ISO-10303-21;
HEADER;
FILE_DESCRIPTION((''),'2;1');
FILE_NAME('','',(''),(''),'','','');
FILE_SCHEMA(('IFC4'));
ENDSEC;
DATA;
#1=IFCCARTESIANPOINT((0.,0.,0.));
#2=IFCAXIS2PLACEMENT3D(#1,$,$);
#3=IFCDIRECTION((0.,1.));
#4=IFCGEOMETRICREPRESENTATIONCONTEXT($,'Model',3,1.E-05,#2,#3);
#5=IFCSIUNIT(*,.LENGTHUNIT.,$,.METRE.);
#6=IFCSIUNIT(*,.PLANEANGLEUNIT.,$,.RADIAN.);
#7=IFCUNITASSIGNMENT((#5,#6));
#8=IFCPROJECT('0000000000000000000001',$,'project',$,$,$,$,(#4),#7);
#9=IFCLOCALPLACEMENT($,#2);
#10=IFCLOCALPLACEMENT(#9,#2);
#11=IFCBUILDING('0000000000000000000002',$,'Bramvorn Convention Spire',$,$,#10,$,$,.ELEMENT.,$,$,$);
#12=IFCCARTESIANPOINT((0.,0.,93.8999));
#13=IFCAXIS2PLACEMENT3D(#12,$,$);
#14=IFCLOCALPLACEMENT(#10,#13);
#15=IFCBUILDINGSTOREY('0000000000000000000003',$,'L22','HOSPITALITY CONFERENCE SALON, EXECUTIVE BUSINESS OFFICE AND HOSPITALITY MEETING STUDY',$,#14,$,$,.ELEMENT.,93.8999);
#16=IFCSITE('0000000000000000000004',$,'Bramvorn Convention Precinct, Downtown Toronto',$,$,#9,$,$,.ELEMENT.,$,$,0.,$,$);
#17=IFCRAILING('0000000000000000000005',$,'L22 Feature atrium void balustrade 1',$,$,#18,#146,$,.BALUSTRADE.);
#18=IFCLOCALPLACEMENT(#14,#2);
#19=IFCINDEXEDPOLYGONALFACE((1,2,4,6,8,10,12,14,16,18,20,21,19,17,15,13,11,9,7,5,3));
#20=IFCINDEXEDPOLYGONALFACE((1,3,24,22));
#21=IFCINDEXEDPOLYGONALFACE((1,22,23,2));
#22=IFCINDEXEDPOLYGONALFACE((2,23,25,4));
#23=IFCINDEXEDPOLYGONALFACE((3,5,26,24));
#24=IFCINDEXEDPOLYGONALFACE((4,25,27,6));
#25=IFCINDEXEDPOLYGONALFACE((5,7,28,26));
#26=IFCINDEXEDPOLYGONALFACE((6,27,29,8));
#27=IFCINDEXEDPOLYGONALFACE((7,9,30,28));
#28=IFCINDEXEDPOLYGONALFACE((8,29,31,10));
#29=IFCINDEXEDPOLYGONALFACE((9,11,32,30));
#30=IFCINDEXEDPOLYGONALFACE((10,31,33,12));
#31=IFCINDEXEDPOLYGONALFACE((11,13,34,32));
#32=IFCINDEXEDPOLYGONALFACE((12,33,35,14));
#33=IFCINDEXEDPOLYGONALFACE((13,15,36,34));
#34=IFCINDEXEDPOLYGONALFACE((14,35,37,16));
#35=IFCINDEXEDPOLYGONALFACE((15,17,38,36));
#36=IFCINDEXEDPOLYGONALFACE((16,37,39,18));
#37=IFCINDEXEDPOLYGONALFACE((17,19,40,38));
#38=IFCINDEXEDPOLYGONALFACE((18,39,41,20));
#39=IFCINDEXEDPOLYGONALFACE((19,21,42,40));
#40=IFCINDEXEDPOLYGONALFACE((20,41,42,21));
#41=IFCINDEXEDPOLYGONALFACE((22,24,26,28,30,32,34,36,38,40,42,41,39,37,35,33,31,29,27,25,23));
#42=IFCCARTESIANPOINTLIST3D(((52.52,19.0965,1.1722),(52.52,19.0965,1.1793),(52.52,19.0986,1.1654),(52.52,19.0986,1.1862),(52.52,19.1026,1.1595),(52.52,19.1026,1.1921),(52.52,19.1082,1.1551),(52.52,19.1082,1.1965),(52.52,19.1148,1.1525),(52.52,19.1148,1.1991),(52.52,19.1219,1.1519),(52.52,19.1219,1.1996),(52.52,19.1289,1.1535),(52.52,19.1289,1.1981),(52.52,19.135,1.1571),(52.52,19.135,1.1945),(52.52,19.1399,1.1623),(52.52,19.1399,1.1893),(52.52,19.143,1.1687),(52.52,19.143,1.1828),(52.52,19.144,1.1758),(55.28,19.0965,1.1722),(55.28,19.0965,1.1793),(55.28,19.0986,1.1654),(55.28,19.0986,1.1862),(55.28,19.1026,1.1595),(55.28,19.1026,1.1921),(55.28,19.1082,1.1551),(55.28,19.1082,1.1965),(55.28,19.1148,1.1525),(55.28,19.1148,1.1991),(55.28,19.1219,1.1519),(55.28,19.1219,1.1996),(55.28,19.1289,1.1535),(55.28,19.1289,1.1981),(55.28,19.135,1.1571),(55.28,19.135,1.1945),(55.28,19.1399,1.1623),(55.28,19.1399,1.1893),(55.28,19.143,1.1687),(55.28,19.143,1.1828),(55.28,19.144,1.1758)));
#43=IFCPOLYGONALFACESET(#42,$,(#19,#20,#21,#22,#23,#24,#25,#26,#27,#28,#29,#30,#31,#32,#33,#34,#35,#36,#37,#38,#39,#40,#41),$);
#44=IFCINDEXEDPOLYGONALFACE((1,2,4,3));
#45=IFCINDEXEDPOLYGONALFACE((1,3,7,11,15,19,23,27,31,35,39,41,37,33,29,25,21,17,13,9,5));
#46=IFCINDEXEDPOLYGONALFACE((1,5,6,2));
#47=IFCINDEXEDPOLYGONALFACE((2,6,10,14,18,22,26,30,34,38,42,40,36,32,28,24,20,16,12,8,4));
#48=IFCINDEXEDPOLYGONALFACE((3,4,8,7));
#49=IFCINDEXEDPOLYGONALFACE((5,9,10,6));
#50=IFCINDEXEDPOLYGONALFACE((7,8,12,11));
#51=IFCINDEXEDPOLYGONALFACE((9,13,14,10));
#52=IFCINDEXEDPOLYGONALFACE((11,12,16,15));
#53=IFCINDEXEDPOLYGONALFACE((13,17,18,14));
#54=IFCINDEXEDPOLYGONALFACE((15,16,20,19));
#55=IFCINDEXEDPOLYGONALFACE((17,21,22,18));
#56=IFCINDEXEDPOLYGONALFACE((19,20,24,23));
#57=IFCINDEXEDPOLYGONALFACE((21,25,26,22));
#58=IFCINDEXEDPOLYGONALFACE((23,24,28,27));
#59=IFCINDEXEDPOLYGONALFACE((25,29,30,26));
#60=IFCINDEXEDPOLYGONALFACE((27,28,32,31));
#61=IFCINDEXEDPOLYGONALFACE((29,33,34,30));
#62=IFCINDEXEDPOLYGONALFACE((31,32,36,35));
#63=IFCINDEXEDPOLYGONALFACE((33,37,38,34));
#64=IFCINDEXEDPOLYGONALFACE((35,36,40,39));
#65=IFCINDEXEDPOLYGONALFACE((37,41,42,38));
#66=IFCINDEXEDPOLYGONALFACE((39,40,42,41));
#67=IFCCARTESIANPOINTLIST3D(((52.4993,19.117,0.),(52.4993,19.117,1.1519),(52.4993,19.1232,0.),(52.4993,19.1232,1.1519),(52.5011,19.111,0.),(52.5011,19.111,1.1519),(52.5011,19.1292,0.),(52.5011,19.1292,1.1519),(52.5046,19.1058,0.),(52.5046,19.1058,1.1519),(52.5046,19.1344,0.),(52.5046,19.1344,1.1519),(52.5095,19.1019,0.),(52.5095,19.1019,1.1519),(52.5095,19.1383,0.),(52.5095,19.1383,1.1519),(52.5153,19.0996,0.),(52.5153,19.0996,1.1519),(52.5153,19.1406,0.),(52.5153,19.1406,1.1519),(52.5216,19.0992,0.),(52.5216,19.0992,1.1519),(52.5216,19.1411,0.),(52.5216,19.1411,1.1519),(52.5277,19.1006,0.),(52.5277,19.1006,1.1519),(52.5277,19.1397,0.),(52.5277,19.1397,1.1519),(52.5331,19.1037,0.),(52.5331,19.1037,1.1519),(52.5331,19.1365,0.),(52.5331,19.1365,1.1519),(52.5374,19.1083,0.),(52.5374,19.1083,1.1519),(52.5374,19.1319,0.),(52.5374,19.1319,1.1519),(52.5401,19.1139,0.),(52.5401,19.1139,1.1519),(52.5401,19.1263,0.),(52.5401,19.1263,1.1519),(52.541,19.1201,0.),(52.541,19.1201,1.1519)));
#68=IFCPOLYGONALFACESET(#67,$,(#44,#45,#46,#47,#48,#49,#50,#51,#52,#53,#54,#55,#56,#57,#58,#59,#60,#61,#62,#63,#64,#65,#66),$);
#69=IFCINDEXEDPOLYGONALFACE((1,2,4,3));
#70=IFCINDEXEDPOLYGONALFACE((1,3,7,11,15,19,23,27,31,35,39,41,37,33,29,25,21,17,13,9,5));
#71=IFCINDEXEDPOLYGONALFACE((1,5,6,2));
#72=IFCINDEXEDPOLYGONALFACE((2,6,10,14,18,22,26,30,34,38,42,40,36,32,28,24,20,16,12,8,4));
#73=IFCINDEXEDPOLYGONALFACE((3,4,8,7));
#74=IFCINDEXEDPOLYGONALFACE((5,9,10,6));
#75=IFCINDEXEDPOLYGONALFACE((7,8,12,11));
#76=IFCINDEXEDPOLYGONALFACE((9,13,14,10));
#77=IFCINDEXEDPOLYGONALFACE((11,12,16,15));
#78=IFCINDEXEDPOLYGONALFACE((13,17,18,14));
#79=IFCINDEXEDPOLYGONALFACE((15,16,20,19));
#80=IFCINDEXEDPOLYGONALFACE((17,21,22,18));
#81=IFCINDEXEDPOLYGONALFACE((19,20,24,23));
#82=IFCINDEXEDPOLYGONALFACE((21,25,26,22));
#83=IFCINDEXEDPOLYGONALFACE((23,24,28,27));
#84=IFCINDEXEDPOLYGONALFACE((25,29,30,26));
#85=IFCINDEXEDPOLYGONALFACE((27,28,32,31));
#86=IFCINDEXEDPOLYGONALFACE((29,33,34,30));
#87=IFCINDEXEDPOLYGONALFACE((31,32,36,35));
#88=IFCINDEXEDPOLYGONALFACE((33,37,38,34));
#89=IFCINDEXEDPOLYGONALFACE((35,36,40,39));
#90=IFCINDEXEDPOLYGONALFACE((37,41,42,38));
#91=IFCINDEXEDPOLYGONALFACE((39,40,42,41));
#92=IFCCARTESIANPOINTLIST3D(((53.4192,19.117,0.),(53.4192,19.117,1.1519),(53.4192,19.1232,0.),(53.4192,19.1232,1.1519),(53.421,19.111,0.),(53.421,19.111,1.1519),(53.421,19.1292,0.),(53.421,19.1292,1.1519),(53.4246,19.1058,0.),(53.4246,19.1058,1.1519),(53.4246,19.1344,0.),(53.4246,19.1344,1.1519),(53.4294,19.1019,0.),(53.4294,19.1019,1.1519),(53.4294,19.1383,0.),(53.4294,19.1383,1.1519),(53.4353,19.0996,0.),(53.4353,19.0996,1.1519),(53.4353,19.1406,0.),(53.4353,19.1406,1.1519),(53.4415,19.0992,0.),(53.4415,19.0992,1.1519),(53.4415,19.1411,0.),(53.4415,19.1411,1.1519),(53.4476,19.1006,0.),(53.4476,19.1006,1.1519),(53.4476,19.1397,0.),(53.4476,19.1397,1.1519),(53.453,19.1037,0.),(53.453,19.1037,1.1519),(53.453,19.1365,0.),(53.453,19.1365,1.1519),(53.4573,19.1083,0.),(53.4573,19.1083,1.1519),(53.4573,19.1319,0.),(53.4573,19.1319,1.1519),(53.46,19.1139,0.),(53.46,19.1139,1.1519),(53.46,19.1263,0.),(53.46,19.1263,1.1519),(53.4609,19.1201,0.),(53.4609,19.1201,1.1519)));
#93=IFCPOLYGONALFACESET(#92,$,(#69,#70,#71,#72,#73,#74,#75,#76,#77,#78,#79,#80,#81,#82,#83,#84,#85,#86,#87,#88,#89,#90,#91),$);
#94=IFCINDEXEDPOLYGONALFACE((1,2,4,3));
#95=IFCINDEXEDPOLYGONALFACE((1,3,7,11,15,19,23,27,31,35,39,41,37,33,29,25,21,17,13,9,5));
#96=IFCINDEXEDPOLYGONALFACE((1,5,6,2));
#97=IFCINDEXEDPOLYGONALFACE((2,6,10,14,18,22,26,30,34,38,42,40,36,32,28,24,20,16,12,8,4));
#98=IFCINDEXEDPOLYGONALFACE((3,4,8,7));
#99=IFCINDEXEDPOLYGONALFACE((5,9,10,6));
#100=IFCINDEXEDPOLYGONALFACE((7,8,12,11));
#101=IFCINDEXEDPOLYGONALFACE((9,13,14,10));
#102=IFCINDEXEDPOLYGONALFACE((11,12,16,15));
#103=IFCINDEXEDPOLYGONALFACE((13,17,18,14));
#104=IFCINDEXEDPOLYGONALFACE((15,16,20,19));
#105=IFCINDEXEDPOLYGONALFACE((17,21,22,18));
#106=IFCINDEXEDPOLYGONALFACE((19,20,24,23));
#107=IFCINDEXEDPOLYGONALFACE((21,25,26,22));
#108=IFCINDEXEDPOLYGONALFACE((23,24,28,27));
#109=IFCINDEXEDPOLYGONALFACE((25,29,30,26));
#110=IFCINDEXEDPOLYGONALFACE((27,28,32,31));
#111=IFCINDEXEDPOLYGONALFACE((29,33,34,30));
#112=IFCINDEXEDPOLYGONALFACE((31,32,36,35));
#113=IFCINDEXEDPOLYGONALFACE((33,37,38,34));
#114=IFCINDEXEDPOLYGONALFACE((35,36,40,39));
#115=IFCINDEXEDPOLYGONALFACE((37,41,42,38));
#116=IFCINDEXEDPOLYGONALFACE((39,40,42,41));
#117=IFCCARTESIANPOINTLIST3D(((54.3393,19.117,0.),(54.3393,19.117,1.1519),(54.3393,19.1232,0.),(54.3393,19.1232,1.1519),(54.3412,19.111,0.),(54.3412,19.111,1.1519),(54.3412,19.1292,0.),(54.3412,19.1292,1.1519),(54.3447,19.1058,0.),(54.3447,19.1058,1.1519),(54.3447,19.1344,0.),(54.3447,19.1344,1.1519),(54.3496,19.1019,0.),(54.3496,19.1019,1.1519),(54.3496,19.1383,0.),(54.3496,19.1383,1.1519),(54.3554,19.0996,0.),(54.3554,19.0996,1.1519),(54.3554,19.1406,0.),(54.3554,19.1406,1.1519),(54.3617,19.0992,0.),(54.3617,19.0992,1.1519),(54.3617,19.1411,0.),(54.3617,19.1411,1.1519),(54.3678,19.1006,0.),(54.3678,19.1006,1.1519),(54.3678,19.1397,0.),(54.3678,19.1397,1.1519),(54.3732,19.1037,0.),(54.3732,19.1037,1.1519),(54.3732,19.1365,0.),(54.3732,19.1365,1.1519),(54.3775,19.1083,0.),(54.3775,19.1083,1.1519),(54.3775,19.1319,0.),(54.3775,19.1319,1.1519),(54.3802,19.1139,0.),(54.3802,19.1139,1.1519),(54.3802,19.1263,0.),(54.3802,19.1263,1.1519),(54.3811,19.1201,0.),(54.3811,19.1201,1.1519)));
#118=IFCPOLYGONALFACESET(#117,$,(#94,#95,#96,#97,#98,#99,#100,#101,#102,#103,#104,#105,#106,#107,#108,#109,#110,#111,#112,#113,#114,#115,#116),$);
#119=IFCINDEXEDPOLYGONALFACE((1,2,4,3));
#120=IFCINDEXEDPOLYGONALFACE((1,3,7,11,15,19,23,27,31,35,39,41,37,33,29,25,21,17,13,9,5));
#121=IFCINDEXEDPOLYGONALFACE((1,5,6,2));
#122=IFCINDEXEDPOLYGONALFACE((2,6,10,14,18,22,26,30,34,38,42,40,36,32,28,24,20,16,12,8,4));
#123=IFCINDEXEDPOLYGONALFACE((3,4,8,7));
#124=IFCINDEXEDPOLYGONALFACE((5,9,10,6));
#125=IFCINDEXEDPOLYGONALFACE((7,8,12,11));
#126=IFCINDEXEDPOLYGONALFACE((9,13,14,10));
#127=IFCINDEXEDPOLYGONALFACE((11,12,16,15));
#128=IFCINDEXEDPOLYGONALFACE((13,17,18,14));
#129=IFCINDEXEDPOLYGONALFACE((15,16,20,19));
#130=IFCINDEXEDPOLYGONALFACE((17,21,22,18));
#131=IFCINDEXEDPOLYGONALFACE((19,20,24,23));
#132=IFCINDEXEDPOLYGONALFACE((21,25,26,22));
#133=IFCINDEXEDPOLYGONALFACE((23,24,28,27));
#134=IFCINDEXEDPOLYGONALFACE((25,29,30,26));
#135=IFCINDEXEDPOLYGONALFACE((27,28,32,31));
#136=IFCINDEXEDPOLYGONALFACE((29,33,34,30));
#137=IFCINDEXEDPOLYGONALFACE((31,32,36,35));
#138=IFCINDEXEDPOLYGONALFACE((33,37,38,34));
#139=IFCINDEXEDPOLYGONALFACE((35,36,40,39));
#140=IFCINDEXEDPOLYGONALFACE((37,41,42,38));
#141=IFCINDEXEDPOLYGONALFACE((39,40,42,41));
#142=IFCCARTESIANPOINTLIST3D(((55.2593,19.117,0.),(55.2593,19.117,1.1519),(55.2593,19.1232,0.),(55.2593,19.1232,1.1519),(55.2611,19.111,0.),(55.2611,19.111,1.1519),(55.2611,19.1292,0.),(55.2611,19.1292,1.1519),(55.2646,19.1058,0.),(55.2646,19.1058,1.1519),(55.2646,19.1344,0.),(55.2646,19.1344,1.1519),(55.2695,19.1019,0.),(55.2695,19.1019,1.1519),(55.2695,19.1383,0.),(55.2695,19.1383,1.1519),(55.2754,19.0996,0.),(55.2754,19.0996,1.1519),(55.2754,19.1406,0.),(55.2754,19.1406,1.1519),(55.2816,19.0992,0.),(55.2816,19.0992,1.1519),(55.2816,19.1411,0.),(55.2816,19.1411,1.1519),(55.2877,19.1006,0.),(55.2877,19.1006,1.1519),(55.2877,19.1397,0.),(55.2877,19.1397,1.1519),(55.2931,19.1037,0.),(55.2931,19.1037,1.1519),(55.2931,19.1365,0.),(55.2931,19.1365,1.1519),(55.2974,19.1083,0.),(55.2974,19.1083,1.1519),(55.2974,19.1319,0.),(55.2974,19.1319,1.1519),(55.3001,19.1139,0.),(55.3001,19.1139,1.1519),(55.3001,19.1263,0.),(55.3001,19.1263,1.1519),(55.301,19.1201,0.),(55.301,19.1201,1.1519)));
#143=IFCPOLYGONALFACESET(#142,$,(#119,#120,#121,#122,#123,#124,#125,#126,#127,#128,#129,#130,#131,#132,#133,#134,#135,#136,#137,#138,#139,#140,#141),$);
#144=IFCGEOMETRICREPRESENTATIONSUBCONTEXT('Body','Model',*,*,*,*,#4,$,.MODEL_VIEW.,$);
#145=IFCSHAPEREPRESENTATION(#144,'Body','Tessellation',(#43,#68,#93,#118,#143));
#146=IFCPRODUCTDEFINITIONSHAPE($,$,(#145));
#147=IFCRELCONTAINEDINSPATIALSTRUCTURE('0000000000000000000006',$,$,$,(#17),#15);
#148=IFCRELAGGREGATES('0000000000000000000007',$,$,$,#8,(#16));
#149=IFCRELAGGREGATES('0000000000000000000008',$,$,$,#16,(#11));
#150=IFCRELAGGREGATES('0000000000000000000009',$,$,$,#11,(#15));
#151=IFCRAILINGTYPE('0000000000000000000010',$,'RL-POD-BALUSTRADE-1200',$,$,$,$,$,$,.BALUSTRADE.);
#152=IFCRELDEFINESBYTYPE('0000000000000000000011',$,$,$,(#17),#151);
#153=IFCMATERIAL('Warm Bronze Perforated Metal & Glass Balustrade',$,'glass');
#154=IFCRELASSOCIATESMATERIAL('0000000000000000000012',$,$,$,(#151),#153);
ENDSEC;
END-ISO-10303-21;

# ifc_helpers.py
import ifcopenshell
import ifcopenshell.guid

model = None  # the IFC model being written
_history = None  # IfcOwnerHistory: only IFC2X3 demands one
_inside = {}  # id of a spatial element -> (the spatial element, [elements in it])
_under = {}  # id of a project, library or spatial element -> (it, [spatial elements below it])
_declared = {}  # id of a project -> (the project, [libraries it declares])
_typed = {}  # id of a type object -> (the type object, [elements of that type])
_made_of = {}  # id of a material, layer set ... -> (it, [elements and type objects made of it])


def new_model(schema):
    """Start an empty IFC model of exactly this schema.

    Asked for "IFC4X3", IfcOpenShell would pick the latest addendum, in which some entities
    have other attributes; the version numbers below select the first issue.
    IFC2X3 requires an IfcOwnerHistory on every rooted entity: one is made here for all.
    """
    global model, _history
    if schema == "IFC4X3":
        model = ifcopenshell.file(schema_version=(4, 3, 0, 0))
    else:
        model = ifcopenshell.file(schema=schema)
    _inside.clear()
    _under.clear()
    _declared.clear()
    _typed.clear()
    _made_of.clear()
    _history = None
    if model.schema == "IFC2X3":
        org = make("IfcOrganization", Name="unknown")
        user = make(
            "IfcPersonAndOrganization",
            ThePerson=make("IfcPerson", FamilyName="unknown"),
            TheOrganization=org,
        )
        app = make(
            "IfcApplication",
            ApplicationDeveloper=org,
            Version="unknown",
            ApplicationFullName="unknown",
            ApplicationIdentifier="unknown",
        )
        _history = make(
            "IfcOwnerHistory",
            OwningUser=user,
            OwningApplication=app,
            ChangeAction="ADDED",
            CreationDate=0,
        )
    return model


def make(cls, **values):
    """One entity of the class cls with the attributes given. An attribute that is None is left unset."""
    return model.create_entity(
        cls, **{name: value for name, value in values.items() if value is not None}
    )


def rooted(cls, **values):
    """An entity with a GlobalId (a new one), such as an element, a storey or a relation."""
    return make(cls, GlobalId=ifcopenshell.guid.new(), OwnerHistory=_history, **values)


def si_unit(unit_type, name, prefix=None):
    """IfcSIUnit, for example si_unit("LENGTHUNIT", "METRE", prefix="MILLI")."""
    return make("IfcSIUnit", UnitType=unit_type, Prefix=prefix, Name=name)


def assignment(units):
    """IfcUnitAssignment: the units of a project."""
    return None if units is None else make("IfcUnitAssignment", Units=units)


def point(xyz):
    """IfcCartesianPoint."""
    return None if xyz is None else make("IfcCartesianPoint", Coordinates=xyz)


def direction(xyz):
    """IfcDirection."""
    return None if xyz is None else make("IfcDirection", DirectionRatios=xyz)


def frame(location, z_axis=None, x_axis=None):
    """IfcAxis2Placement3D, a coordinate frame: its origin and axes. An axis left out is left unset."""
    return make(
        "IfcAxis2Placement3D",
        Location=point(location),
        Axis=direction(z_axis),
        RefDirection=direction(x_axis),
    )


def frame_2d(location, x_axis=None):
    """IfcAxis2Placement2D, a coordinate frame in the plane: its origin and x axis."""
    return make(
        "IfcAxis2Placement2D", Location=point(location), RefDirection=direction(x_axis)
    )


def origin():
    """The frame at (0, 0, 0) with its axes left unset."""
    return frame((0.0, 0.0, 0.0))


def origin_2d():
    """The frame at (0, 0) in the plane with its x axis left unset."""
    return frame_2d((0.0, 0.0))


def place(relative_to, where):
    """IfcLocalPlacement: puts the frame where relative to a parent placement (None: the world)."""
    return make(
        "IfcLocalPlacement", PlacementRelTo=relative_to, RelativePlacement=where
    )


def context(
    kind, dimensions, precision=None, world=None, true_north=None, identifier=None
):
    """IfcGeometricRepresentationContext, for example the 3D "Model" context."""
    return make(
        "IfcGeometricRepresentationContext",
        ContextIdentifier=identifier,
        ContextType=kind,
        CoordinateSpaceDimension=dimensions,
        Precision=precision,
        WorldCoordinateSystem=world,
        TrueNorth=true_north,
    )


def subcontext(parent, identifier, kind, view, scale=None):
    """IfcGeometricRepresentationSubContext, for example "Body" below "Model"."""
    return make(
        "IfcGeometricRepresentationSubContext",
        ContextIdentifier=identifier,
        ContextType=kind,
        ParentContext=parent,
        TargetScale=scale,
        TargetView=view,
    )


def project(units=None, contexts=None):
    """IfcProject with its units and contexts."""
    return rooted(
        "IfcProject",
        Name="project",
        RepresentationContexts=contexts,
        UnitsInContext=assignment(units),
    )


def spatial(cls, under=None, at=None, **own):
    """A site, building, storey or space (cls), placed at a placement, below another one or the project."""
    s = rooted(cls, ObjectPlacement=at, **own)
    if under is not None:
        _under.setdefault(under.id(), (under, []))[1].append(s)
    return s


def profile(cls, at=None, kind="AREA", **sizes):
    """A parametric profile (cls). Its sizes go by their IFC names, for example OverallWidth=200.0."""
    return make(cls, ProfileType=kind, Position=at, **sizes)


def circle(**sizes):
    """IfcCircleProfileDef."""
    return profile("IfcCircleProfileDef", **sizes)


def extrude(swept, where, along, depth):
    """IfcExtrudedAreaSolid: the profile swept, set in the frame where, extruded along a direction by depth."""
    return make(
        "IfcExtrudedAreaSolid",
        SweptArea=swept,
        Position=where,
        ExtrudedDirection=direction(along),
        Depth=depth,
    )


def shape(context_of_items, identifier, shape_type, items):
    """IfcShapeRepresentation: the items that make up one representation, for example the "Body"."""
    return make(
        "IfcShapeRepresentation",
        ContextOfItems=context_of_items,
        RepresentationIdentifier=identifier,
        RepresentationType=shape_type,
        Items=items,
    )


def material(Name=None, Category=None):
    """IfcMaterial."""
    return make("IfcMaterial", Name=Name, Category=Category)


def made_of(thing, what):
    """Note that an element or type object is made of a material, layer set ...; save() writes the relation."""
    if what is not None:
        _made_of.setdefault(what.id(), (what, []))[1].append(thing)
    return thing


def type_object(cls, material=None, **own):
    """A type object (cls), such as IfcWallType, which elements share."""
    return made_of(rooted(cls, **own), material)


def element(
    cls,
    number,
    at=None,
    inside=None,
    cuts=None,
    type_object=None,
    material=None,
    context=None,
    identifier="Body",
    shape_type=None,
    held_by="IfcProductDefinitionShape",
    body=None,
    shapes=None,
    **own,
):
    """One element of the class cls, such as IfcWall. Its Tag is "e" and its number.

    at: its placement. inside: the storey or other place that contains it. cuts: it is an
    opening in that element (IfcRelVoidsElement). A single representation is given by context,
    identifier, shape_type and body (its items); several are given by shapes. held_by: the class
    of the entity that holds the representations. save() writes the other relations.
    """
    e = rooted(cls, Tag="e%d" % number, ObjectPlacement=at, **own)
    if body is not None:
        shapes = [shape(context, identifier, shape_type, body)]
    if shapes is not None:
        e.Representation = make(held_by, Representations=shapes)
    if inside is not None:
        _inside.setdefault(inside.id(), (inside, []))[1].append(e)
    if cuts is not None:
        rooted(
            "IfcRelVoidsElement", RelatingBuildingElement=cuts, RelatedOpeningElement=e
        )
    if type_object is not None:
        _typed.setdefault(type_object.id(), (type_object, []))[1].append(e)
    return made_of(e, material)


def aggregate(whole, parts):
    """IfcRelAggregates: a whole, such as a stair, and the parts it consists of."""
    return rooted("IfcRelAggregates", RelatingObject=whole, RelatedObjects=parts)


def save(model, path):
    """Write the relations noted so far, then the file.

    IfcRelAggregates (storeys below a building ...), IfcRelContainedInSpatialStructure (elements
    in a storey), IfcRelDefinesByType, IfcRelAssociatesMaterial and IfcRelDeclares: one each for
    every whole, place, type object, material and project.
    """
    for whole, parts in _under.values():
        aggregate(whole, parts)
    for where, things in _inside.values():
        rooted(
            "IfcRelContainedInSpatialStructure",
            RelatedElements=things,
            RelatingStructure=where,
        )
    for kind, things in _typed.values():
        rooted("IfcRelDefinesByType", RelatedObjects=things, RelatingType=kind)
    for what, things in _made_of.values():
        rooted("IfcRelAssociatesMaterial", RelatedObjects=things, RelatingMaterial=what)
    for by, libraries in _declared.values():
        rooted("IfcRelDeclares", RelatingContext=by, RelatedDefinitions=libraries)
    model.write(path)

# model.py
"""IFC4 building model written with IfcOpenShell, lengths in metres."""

from ifc_helpers import new_model, si_unit, direction, frame, origin, origin_2d, place, context, subcontext, project, spatial, circle, extrude, material, type_object, element, save


model = new_model("IFC4")

# Units and contexts
model_context = context("Model", 3, precision=1e-05, world=origin(), true_north=direction((0.0, 1.0)))
body_context = subcontext(model_context, "Body", "Model", "MODEL_VIEW")
ifc_project = project(units=[si_unit("LENGTHUNIT", "METRE"), si_unit("PLANEANGLEUNIT", "RADIAN")], contexts=[model_context])

# Site, building, storey
site_placement = place(None, origin())
site = spatial("IfcSite", under=ifc_project, at=site_placement, Name="Bramvorn Convention Precinct, Downtown Toronto", CompositionType="ELEMENT", RefElevation=0.0)
building_placement = place(site_placement, origin())
building = spatial("IfcBuilding", under=site, at=building_placement, Name="Bramvorn Convention Spire", CompositionType="ELEMENT")
storey_placement = place(building_placement, frame((0.0, 0.0, 93.8999)))
storey = spatial("IfcBuildingStorey", under=building, at=storey_placement, Name="L22", Description="HOSPITALITY CONFERENCE SALON, EXECUTIVE BUSINESS OFFICE AND HOSPITALITY MEETING STUDY", CompositionType="ELEMENT", Elevation=93.8999)

# Railing
ifc_material_1 = material(Name="Warm Bronze Perforated Metal & Glass Balustrade", Category="glass")
railing_type = type_object("IfcRailingType", Name="RL-POD-BALUSTRADE-1200", PredefinedType="BALUSTRADE", material=ifc_material_1)
railing_1_placement = place(storey_placement, frame((52.52, 19.1201, 0.0)))
element("IfcRailing", 1, at=railing_1_placement, inside=storey, type_object=railing_type, Name="L22 Feature atrium void balustrade 1", PredefinedType="BALUSTRADE", context=body_context, shape_type="SweptSolid", body=[
    extrude(circle(Radius=0.0239, at=origin_2d()), frame((0.0, 0.0, 1.1758), z_axis=(1.0, 0.0, 0.0), x_axis=(0.0, 1.0, 0.0)), (0.0, 0.0, 1.0), 2.76),
    extrude(circle(Radius=0.021, at=origin_2d()), origin(), (0.0, 0.0, 1.0), 1.1519),
    extrude(circle(Radius=0.021, at=origin_2d()), frame((0.9199, 0.0, 0.0)), (0.0, 0.0, 1.0), 1.1519),
    extrude(circle(Radius=0.021, at=origin_2d()), frame((1.8401, 0.0, 0.0)), (0.0, 0.0, 1.0), 1.1519),
    extrude(circle(Radius=0.021, at=origin_2d()), frame((2.76, 0.0, 0.0)), (0.0, 0.0, 1.0), 1.1519),
])

save(model, "model.ifc")
